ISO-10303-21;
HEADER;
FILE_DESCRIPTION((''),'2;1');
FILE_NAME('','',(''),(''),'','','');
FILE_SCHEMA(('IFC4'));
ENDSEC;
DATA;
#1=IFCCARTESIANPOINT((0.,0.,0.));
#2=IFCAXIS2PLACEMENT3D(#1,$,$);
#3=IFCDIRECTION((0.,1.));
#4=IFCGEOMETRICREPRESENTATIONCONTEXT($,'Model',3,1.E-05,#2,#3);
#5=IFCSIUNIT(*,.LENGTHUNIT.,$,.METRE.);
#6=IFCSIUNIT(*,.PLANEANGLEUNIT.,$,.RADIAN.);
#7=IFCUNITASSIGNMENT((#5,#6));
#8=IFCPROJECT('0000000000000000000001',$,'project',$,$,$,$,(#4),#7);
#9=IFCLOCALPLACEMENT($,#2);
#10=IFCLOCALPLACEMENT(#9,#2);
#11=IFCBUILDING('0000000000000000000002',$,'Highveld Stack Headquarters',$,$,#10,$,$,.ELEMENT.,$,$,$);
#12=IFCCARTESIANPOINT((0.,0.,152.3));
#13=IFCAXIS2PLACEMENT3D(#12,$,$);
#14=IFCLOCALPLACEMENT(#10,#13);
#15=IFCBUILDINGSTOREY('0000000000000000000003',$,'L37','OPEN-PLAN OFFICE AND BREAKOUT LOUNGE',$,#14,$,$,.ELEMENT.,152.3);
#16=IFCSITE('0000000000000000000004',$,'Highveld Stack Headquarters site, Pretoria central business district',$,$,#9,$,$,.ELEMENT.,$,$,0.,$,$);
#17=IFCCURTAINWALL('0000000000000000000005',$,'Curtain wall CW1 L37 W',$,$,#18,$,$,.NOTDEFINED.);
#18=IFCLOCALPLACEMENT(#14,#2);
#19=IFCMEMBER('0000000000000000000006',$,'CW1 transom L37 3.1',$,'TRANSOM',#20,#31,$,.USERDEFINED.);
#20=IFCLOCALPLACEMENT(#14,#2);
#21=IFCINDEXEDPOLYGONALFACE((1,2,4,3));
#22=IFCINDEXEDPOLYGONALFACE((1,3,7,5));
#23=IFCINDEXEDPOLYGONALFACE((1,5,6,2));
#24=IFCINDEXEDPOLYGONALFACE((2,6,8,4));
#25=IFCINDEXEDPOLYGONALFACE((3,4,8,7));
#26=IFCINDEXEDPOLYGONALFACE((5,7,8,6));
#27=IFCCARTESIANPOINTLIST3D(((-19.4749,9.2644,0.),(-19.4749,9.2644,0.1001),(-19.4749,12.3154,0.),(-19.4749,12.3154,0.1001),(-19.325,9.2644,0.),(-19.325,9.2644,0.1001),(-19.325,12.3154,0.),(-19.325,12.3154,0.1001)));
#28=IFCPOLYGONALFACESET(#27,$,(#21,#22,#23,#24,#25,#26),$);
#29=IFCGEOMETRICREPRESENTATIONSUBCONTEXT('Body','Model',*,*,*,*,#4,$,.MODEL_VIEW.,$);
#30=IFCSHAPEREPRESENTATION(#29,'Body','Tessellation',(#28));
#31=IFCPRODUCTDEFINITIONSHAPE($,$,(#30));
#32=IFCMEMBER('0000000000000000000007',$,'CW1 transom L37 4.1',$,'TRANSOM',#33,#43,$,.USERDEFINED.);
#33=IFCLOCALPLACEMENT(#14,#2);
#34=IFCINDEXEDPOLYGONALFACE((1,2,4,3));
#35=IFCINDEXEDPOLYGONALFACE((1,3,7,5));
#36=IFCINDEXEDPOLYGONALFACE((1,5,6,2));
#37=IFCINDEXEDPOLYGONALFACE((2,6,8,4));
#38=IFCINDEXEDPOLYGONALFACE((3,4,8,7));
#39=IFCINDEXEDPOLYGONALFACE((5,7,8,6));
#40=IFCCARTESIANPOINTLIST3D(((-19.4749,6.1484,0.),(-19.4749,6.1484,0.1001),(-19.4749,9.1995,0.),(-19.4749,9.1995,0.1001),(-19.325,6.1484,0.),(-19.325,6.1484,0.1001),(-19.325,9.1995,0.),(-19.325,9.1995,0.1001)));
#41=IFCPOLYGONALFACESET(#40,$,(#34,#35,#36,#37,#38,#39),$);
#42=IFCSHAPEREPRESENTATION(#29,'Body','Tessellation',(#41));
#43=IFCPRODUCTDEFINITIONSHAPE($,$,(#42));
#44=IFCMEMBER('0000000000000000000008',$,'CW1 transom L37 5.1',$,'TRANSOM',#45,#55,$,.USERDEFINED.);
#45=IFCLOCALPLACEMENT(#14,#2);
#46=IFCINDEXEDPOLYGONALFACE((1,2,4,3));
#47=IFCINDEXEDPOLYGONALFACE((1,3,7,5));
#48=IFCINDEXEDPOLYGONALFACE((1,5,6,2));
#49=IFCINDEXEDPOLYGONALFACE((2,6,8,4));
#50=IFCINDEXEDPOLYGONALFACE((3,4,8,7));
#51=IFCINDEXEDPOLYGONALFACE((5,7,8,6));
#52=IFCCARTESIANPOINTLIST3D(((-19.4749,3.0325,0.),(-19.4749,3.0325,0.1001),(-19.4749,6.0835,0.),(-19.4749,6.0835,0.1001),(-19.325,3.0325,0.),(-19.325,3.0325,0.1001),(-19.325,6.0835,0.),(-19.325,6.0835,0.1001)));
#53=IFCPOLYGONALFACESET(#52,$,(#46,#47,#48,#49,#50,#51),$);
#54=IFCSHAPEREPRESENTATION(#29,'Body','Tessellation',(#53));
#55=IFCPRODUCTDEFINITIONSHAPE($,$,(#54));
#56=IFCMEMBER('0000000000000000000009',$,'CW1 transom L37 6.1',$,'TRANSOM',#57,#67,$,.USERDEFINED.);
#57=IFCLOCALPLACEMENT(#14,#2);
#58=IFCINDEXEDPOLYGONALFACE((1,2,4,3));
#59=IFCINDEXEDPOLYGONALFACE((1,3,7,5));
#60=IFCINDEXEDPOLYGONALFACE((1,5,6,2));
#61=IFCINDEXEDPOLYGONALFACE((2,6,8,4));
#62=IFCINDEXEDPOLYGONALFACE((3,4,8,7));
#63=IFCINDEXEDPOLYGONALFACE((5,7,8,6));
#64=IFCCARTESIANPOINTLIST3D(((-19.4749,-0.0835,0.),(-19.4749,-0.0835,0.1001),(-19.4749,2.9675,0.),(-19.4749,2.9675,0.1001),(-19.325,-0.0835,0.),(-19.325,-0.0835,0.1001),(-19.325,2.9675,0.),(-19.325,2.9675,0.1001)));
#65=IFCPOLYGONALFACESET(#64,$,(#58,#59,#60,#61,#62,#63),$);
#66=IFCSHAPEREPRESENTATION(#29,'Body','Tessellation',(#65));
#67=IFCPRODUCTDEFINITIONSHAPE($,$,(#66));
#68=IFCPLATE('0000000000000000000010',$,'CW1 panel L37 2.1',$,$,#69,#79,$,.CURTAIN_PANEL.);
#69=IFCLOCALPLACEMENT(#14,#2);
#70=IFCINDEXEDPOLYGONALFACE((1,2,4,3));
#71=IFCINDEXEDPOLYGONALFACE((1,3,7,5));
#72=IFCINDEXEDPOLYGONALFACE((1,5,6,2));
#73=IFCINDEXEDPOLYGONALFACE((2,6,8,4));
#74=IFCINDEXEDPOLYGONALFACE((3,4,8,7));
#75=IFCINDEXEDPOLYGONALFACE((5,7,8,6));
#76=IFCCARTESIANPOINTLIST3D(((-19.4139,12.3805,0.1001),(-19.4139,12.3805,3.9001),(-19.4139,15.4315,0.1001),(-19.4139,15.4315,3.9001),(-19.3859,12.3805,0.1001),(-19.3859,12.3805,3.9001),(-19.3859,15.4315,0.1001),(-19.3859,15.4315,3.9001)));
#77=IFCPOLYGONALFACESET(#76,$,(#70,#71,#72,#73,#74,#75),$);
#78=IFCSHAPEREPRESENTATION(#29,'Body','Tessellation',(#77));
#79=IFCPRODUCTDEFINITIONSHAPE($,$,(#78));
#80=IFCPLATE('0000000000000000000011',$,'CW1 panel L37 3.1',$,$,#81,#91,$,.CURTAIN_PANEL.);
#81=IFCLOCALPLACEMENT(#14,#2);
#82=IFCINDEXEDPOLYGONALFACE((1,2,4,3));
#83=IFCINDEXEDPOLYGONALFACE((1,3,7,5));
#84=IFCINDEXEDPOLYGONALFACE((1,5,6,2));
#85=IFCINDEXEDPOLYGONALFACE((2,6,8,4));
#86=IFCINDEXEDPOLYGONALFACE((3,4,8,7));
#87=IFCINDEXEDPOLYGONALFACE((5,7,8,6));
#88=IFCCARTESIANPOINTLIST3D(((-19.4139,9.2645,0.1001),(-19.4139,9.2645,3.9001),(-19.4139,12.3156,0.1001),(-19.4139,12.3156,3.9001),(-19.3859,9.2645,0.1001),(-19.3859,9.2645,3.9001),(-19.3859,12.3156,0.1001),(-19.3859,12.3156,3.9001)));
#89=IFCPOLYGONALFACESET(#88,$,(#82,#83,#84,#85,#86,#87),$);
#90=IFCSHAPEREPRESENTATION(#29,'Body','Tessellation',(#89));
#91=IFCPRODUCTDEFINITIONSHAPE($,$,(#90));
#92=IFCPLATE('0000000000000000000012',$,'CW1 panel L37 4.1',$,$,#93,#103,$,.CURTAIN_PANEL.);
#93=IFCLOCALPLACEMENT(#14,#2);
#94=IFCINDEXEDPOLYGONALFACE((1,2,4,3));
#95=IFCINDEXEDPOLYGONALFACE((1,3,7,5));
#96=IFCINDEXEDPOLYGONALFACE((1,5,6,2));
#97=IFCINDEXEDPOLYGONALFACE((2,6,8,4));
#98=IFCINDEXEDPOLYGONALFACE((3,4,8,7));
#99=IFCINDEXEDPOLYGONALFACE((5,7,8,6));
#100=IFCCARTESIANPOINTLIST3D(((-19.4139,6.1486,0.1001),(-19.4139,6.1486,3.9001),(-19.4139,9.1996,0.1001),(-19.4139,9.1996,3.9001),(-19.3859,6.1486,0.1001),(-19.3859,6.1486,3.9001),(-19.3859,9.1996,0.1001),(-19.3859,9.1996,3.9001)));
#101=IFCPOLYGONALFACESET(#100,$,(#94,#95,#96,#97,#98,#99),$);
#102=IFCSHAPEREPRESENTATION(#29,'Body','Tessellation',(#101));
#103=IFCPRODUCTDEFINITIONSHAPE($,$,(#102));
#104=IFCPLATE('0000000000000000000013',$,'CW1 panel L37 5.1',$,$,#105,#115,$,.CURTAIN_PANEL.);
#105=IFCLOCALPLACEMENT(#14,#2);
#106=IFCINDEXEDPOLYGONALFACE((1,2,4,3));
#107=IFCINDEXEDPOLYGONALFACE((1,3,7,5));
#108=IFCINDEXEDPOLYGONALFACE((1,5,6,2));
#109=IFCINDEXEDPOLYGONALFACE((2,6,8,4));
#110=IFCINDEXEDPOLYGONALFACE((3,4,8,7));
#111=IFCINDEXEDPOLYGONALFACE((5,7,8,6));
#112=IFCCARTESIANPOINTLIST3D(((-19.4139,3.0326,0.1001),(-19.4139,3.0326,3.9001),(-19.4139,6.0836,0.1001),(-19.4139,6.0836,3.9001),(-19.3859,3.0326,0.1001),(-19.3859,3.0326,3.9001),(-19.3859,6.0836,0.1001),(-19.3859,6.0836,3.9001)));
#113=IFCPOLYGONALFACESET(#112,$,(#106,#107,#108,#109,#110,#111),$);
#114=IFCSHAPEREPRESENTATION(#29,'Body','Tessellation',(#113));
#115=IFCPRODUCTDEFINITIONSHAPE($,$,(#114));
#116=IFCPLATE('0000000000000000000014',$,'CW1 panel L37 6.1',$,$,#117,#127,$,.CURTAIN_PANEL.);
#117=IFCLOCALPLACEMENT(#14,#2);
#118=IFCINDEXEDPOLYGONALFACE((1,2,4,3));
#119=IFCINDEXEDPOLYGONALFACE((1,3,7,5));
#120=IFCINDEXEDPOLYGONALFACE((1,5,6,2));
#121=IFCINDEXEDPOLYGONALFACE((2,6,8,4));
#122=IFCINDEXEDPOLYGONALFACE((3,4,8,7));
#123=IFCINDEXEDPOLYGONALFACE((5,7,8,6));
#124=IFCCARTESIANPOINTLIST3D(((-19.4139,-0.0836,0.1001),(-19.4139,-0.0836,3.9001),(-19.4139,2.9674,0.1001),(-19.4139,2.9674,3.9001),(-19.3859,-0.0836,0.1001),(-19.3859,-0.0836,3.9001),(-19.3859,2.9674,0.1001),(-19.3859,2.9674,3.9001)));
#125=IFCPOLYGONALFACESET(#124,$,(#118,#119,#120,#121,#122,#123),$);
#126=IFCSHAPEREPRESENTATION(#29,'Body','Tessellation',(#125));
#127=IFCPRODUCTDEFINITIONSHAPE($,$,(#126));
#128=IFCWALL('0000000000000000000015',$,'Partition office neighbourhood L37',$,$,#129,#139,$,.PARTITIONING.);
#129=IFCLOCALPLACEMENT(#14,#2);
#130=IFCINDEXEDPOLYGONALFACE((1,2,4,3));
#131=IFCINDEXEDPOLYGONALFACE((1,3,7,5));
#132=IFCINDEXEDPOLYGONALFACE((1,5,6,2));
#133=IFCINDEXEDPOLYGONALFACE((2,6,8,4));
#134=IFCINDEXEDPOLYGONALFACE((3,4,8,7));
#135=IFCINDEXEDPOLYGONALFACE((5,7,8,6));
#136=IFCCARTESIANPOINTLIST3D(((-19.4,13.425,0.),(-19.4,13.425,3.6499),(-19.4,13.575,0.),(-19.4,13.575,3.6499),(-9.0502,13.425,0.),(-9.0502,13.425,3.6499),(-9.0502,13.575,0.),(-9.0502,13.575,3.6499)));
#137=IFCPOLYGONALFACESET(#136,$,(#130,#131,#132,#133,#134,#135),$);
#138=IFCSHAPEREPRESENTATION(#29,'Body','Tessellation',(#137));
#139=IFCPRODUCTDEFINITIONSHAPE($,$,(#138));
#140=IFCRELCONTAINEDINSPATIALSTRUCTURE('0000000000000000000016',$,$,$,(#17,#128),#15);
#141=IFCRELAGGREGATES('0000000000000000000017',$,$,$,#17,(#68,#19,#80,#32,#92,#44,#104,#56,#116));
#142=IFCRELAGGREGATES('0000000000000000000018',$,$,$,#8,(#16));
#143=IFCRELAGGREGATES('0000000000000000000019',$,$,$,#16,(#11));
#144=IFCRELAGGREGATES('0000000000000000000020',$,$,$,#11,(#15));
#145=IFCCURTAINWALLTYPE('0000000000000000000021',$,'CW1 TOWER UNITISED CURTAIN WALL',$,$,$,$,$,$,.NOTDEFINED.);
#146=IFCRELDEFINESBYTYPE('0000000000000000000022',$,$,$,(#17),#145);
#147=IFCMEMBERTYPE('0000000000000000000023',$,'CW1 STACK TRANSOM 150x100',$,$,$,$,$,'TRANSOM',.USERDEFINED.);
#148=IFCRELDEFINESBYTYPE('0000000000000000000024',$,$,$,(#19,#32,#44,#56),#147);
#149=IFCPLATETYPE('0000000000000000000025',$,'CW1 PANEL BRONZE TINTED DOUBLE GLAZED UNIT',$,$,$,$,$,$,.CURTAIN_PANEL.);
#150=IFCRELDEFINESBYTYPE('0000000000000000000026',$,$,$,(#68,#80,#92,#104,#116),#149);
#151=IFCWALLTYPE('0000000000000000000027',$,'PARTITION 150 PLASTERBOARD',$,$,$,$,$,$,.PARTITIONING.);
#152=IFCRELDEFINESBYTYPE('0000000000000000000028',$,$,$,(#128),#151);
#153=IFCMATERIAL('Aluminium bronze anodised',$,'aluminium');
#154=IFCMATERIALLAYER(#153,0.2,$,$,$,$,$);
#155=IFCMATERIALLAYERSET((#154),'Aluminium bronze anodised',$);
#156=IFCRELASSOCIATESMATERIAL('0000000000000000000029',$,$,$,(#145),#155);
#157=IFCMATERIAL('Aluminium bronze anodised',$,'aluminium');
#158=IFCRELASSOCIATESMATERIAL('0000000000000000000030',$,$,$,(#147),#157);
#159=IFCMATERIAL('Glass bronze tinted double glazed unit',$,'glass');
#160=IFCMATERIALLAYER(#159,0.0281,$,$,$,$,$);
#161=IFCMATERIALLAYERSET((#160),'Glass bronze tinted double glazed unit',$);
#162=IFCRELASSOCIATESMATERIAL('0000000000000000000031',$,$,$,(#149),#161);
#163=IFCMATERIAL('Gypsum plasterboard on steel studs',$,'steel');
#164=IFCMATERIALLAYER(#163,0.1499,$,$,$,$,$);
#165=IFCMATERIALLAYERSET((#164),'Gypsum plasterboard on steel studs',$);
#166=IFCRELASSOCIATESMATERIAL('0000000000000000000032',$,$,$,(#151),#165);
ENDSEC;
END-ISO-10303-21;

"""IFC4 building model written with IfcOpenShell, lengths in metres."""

from ifc_helpers import new_model, si_unit, direction, frame, frame_2d, origin, origin_2d, place, context, subcontext, project, spatial, rectangle, extrude, material, layer, layer_set, material_profile, profile_set, type_object, element, aggregate, save


model = new_model("IFC4")

# Units and contexts
model_context = context("Model", 3, precision=1e-05, world=origin(), true_north=direction((0.0, 1.0)))
body_context = subcontext(model_context, "Body", "Model", "MODEL_VIEW")
ifc_project = project(units=[si_unit("LENGTHUNIT", "METRE"), si_unit("PLANEANGLEUNIT", "RADIAN")], contexts=[model_context])

# Site, building, storey
site_placement = place(None, origin())
site = spatial("IfcSite", under=ifc_project, at=site_placement, Name="Highveld Stack Headquarters site, Pretoria central business district", CompositionType="ELEMENT", RefElevation=0.0)
building_placement = place(site_placement, origin())
building = spatial("IfcBuilding", under=site, at=building_placement, Name="Highveld Stack Headquarters", CompositionType="ELEMENT")
storey_placement = place(building_placement, frame((0.0, 0.0, 152.3)))
storey = spatial("IfcBuildingStorey", under=building, at=storey_placement, Name="L37", Description="OPEN-PLAN OFFICE AND BREAKOUT LOUNGE", CompositionType="ELEMENT", Elevation=152.3)

# Curtain wall, members, plates
ifc_material_1 = material(Name="Aluminium bronze anodised", Category="aluminium")
ifc_layer_1 = layer(ifc_material_1, 0.2)
ifc_layer_set_1 = layer_set([ifc_layer_1], Name="Aluminium bronze anodised")
curtain_wall_type = type_object("IfcCurtainWallType", Name="CW1 TOWER UNITISED CURTAIN WALL", PredefinedType="NOTDEFINED", material=ifc_layer_set_1)
curtain_wall_placement = place(storey_placement, origin())
curtain_wall = element("IfcCurtainWall", 1, at=curtain_wall_placement, inside=storey, type_object=curtain_wall_type, Name="Curtain wall CW1 L37 W", PredefinedType="NOTDEFINED")
ifc_material_2 = material(Name="Aluminium bronze anodised", Category="aluminium")
ifc_material_profile_1 = material_profile(ifc_material_2, rectangle(XDim=0.1499, YDim=0.1001, at=origin_2d()), Name="CW1 TRANSOM 150x100")
ifc_profile_set_1 = profile_set([ifc_material_profile_1], Name="Aluminium bronze anodised")
member_type_1 = type_object("IfcMemberType", Name="CW1 STACK TRANSOM 150x100", ElementType="TRANSOM", PredefinedType="USERDEFINED", material=ifc_profile_set_1)
member_1_placement = place(storey_placement, frame((-19.3999, 12.3154, 0.05), z_axis=(0.0, -1.0, 0.0), x_axis=(1.0, 0.0, 0.0)))
member_1 = element("IfcMember", 2, at=member_1_placement, type_object=member_type_1, Name="CW1 transom L37 3.1", ObjectType="TRANSOM", PredefinedType="USERDEFINED", context=body_context, shape_type="SweptSolid", body=[
    extrude(rectangle(XDim=0.1499, YDim=0.1001, at=origin_2d()), origin(), (0.0, 0.0, 1.0), 3.051),
])
member_2_placement = place(storey_placement, frame((-19.3999, 9.1995, 0.05), z_axis=(0.0, -1.0, 0.0), x_axis=(1.0, 0.0, 0.0)))
member_2 = element("IfcMember", 3, at=member_2_placement, type_object=member_type_1, Name="CW1 transom L37 4.1", ObjectType="TRANSOM", PredefinedType="USERDEFINED", context=body_context, shape_type="SweptSolid", body=[
    extrude(rectangle(XDim=0.1499, YDim=0.1001, at=origin_2d()), origin(), (0.0, 0.0, 1.0), 3.051),
])
member_3_placement = place(storey_placement, frame((-19.3999, 6.0835, 0.05), z_axis=(0.0, -1.0, 0.0), x_axis=(1.0, 0.0, 0.0)))
member_3 = element("IfcMember", 4, at=member_3_placement, type_object=member_type_1, Name="CW1 transom L37 5.1", ObjectType="TRANSOM", PredefinedType="USERDEFINED", context=body_context, shape_type="SweptSolid", body=[
    extrude(rectangle(XDim=0.1499, YDim=0.1001, at=origin_2d()), origin(), (0.0, 0.0, 1.0), 3.051),
])
member_4_placement = place(storey_placement, frame((-19.3999, 2.9675, 0.05), z_axis=(0.0, -1.0, 0.0), x_axis=(1.0, 0.0, 0.0)))
member_4 = element("IfcMember", 5, at=member_4_placement, type_object=member_type_1, Name="CW1 transom L37 6.1", ObjectType="TRANSOM", PredefinedType="USERDEFINED", context=body_context, shape_type="SweptSolid", body=[
    extrude(rectangle(XDim=0.1499, YDim=0.1001, at=origin_2d()), origin(), (0.0, 0.0, 1.0), 3.051),
])
ifc_material_3 = material(Name="Glass bronze tinted double glazed unit", Category="glass")
ifc_layer_2 = layer(ifc_material_3, 0.0281)
ifc_layer_set_2 = layer_set([ifc_layer_2], Name="Glass bronze tinted double glazed unit")
plate_type = type_object("IfcPlateType", Name="CW1 PANEL BRONZE TINTED DOUBLE GLAZED UNIT", PredefinedType="CURTAIN_PANEL", material=ifc_layer_set_2)
plate_1_placement = place(storey_placement, frame((-19.3999, 13.906, 0.1001), z_axis=(0.0, 0.0, 1.0), x_axis=(0.0, -1.0, 0.0)))
plate_1 = element("IfcPlate", 6, at=plate_1_placement, type_object=plate_type, Name="CW1 panel L37 2.1", PredefinedType="CURTAIN_PANEL", context=body_context, shape_type="SweptSolid", body=[
    extrude(rectangle(XDim=3.051, YDim=0.0281, at=origin_2d()), origin(), (0.0, 0.0, 1.0), 3.8),
])
plate_2_placement = place(storey_placement, frame((-19.3999, 10.79, 0.1001), z_axis=(0.0, 0.0, 1.0), x_axis=(0.0, -1.0, 0.0)))
plate_2 = element("IfcPlate", 7, at=plate_2_placement, type_object=plate_type, Name="CW1 panel L37 3.1", PredefinedType="CURTAIN_PANEL", context=body_context, shape_type="SweptSolid", body=[
    extrude(rectangle(XDim=3.051, YDim=0.0281, at=origin_2d()), origin(), (0.0, 0.0, 1.0), 3.8),
])
plate_3_placement = place(storey_placement, frame((-19.3999, 7.6741, 0.1001), z_axis=(0.0, 0.0, 1.0), x_axis=(0.0, -1.0, 0.0)))
plate_3 = element("IfcPlate", 8, at=plate_3_placement, type_object=plate_type, Name="CW1 panel L37 4.1", PredefinedType="CURTAIN_PANEL", context=body_context, shape_type="SweptSolid", body=[
    extrude(rectangle(XDim=3.051, YDim=0.0281, at=origin_2d()), origin(), (0.0, 0.0, 1.0), 3.8),
])
plate_4_placement = place(storey_placement, frame((-19.3999, 4.5581, 0.1001), z_axis=(0.0, 0.0, 1.0), x_axis=(0.0, -1.0, 0.0)))
plate_4 = element("IfcPlate", 9, at=plate_4_placement, type_object=plate_type, Name="CW1 panel L37 5.1", PredefinedType="CURTAIN_PANEL", context=body_context, shape_type="SweptSolid", body=[
    extrude(rectangle(XDim=3.051, YDim=0.0281, at=origin_2d()), origin(), (0.0, 0.0, 1.0), 3.8),
])
plate_5_placement = place(storey_placement, frame((-19.3999, 1.4419, 0.1001), z_axis=(0.0, 0.0, 1.0), x_axis=(0.0, -1.0, 0.0)))
plate_5 = element("IfcPlate", 10, at=plate_5_placement, type_object=plate_type, Name="CW1 panel L37 6.1", PredefinedType="CURTAIN_PANEL", context=body_context, shape_type="SweptSolid", body=[
    extrude(rectangle(XDim=3.051, YDim=0.0281, at=origin_2d()), origin(), (0.0, 0.0, 1.0), 3.8),
])
aggregate(curtain_wall, [plate_1, member_1, plate_2, member_2, plate_3, member_3, plate_4, member_4, plate_5])

# Wall
ifc_material_4 = material(Name="Gypsum plasterboard on steel studs", Category="steel")
ifc_layer_3 = layer(ifc_material_4, 0.1499)
ifc_layer_set_3 = layer_set([ifc_layer_3], Name="Gypsum plasterboard on steel studs")
wall_type = type_object("IfcWallType", Name="PARTITION 150 PLASTERBOARD", PredefinedType="PARTITIONING", material=ifc_layer_set_3)
wall_placement = place(storey_placement, frame((-19.3999, 13.5, 0.0), z_axis=(0.0, 0.0, 1.0), x_axis=(1.0, 0.0, 0.0)))
element("IfcWall", 11, at=wall_placement, inside=storey, type_object=wall_type, Name="Partition office neighbourhood L37", PredefinedType="PARTITIONING", context=body_context, shape_type="SweptSolid", body=[
    extrude(rectangle(XDim=10.3499, YDim=0.1499, at=frame_2d((5.1748, 0.0))), origin(), (0.0, 0.0, 1.0), 3.6499),
])

save(model, "model.ifc")
